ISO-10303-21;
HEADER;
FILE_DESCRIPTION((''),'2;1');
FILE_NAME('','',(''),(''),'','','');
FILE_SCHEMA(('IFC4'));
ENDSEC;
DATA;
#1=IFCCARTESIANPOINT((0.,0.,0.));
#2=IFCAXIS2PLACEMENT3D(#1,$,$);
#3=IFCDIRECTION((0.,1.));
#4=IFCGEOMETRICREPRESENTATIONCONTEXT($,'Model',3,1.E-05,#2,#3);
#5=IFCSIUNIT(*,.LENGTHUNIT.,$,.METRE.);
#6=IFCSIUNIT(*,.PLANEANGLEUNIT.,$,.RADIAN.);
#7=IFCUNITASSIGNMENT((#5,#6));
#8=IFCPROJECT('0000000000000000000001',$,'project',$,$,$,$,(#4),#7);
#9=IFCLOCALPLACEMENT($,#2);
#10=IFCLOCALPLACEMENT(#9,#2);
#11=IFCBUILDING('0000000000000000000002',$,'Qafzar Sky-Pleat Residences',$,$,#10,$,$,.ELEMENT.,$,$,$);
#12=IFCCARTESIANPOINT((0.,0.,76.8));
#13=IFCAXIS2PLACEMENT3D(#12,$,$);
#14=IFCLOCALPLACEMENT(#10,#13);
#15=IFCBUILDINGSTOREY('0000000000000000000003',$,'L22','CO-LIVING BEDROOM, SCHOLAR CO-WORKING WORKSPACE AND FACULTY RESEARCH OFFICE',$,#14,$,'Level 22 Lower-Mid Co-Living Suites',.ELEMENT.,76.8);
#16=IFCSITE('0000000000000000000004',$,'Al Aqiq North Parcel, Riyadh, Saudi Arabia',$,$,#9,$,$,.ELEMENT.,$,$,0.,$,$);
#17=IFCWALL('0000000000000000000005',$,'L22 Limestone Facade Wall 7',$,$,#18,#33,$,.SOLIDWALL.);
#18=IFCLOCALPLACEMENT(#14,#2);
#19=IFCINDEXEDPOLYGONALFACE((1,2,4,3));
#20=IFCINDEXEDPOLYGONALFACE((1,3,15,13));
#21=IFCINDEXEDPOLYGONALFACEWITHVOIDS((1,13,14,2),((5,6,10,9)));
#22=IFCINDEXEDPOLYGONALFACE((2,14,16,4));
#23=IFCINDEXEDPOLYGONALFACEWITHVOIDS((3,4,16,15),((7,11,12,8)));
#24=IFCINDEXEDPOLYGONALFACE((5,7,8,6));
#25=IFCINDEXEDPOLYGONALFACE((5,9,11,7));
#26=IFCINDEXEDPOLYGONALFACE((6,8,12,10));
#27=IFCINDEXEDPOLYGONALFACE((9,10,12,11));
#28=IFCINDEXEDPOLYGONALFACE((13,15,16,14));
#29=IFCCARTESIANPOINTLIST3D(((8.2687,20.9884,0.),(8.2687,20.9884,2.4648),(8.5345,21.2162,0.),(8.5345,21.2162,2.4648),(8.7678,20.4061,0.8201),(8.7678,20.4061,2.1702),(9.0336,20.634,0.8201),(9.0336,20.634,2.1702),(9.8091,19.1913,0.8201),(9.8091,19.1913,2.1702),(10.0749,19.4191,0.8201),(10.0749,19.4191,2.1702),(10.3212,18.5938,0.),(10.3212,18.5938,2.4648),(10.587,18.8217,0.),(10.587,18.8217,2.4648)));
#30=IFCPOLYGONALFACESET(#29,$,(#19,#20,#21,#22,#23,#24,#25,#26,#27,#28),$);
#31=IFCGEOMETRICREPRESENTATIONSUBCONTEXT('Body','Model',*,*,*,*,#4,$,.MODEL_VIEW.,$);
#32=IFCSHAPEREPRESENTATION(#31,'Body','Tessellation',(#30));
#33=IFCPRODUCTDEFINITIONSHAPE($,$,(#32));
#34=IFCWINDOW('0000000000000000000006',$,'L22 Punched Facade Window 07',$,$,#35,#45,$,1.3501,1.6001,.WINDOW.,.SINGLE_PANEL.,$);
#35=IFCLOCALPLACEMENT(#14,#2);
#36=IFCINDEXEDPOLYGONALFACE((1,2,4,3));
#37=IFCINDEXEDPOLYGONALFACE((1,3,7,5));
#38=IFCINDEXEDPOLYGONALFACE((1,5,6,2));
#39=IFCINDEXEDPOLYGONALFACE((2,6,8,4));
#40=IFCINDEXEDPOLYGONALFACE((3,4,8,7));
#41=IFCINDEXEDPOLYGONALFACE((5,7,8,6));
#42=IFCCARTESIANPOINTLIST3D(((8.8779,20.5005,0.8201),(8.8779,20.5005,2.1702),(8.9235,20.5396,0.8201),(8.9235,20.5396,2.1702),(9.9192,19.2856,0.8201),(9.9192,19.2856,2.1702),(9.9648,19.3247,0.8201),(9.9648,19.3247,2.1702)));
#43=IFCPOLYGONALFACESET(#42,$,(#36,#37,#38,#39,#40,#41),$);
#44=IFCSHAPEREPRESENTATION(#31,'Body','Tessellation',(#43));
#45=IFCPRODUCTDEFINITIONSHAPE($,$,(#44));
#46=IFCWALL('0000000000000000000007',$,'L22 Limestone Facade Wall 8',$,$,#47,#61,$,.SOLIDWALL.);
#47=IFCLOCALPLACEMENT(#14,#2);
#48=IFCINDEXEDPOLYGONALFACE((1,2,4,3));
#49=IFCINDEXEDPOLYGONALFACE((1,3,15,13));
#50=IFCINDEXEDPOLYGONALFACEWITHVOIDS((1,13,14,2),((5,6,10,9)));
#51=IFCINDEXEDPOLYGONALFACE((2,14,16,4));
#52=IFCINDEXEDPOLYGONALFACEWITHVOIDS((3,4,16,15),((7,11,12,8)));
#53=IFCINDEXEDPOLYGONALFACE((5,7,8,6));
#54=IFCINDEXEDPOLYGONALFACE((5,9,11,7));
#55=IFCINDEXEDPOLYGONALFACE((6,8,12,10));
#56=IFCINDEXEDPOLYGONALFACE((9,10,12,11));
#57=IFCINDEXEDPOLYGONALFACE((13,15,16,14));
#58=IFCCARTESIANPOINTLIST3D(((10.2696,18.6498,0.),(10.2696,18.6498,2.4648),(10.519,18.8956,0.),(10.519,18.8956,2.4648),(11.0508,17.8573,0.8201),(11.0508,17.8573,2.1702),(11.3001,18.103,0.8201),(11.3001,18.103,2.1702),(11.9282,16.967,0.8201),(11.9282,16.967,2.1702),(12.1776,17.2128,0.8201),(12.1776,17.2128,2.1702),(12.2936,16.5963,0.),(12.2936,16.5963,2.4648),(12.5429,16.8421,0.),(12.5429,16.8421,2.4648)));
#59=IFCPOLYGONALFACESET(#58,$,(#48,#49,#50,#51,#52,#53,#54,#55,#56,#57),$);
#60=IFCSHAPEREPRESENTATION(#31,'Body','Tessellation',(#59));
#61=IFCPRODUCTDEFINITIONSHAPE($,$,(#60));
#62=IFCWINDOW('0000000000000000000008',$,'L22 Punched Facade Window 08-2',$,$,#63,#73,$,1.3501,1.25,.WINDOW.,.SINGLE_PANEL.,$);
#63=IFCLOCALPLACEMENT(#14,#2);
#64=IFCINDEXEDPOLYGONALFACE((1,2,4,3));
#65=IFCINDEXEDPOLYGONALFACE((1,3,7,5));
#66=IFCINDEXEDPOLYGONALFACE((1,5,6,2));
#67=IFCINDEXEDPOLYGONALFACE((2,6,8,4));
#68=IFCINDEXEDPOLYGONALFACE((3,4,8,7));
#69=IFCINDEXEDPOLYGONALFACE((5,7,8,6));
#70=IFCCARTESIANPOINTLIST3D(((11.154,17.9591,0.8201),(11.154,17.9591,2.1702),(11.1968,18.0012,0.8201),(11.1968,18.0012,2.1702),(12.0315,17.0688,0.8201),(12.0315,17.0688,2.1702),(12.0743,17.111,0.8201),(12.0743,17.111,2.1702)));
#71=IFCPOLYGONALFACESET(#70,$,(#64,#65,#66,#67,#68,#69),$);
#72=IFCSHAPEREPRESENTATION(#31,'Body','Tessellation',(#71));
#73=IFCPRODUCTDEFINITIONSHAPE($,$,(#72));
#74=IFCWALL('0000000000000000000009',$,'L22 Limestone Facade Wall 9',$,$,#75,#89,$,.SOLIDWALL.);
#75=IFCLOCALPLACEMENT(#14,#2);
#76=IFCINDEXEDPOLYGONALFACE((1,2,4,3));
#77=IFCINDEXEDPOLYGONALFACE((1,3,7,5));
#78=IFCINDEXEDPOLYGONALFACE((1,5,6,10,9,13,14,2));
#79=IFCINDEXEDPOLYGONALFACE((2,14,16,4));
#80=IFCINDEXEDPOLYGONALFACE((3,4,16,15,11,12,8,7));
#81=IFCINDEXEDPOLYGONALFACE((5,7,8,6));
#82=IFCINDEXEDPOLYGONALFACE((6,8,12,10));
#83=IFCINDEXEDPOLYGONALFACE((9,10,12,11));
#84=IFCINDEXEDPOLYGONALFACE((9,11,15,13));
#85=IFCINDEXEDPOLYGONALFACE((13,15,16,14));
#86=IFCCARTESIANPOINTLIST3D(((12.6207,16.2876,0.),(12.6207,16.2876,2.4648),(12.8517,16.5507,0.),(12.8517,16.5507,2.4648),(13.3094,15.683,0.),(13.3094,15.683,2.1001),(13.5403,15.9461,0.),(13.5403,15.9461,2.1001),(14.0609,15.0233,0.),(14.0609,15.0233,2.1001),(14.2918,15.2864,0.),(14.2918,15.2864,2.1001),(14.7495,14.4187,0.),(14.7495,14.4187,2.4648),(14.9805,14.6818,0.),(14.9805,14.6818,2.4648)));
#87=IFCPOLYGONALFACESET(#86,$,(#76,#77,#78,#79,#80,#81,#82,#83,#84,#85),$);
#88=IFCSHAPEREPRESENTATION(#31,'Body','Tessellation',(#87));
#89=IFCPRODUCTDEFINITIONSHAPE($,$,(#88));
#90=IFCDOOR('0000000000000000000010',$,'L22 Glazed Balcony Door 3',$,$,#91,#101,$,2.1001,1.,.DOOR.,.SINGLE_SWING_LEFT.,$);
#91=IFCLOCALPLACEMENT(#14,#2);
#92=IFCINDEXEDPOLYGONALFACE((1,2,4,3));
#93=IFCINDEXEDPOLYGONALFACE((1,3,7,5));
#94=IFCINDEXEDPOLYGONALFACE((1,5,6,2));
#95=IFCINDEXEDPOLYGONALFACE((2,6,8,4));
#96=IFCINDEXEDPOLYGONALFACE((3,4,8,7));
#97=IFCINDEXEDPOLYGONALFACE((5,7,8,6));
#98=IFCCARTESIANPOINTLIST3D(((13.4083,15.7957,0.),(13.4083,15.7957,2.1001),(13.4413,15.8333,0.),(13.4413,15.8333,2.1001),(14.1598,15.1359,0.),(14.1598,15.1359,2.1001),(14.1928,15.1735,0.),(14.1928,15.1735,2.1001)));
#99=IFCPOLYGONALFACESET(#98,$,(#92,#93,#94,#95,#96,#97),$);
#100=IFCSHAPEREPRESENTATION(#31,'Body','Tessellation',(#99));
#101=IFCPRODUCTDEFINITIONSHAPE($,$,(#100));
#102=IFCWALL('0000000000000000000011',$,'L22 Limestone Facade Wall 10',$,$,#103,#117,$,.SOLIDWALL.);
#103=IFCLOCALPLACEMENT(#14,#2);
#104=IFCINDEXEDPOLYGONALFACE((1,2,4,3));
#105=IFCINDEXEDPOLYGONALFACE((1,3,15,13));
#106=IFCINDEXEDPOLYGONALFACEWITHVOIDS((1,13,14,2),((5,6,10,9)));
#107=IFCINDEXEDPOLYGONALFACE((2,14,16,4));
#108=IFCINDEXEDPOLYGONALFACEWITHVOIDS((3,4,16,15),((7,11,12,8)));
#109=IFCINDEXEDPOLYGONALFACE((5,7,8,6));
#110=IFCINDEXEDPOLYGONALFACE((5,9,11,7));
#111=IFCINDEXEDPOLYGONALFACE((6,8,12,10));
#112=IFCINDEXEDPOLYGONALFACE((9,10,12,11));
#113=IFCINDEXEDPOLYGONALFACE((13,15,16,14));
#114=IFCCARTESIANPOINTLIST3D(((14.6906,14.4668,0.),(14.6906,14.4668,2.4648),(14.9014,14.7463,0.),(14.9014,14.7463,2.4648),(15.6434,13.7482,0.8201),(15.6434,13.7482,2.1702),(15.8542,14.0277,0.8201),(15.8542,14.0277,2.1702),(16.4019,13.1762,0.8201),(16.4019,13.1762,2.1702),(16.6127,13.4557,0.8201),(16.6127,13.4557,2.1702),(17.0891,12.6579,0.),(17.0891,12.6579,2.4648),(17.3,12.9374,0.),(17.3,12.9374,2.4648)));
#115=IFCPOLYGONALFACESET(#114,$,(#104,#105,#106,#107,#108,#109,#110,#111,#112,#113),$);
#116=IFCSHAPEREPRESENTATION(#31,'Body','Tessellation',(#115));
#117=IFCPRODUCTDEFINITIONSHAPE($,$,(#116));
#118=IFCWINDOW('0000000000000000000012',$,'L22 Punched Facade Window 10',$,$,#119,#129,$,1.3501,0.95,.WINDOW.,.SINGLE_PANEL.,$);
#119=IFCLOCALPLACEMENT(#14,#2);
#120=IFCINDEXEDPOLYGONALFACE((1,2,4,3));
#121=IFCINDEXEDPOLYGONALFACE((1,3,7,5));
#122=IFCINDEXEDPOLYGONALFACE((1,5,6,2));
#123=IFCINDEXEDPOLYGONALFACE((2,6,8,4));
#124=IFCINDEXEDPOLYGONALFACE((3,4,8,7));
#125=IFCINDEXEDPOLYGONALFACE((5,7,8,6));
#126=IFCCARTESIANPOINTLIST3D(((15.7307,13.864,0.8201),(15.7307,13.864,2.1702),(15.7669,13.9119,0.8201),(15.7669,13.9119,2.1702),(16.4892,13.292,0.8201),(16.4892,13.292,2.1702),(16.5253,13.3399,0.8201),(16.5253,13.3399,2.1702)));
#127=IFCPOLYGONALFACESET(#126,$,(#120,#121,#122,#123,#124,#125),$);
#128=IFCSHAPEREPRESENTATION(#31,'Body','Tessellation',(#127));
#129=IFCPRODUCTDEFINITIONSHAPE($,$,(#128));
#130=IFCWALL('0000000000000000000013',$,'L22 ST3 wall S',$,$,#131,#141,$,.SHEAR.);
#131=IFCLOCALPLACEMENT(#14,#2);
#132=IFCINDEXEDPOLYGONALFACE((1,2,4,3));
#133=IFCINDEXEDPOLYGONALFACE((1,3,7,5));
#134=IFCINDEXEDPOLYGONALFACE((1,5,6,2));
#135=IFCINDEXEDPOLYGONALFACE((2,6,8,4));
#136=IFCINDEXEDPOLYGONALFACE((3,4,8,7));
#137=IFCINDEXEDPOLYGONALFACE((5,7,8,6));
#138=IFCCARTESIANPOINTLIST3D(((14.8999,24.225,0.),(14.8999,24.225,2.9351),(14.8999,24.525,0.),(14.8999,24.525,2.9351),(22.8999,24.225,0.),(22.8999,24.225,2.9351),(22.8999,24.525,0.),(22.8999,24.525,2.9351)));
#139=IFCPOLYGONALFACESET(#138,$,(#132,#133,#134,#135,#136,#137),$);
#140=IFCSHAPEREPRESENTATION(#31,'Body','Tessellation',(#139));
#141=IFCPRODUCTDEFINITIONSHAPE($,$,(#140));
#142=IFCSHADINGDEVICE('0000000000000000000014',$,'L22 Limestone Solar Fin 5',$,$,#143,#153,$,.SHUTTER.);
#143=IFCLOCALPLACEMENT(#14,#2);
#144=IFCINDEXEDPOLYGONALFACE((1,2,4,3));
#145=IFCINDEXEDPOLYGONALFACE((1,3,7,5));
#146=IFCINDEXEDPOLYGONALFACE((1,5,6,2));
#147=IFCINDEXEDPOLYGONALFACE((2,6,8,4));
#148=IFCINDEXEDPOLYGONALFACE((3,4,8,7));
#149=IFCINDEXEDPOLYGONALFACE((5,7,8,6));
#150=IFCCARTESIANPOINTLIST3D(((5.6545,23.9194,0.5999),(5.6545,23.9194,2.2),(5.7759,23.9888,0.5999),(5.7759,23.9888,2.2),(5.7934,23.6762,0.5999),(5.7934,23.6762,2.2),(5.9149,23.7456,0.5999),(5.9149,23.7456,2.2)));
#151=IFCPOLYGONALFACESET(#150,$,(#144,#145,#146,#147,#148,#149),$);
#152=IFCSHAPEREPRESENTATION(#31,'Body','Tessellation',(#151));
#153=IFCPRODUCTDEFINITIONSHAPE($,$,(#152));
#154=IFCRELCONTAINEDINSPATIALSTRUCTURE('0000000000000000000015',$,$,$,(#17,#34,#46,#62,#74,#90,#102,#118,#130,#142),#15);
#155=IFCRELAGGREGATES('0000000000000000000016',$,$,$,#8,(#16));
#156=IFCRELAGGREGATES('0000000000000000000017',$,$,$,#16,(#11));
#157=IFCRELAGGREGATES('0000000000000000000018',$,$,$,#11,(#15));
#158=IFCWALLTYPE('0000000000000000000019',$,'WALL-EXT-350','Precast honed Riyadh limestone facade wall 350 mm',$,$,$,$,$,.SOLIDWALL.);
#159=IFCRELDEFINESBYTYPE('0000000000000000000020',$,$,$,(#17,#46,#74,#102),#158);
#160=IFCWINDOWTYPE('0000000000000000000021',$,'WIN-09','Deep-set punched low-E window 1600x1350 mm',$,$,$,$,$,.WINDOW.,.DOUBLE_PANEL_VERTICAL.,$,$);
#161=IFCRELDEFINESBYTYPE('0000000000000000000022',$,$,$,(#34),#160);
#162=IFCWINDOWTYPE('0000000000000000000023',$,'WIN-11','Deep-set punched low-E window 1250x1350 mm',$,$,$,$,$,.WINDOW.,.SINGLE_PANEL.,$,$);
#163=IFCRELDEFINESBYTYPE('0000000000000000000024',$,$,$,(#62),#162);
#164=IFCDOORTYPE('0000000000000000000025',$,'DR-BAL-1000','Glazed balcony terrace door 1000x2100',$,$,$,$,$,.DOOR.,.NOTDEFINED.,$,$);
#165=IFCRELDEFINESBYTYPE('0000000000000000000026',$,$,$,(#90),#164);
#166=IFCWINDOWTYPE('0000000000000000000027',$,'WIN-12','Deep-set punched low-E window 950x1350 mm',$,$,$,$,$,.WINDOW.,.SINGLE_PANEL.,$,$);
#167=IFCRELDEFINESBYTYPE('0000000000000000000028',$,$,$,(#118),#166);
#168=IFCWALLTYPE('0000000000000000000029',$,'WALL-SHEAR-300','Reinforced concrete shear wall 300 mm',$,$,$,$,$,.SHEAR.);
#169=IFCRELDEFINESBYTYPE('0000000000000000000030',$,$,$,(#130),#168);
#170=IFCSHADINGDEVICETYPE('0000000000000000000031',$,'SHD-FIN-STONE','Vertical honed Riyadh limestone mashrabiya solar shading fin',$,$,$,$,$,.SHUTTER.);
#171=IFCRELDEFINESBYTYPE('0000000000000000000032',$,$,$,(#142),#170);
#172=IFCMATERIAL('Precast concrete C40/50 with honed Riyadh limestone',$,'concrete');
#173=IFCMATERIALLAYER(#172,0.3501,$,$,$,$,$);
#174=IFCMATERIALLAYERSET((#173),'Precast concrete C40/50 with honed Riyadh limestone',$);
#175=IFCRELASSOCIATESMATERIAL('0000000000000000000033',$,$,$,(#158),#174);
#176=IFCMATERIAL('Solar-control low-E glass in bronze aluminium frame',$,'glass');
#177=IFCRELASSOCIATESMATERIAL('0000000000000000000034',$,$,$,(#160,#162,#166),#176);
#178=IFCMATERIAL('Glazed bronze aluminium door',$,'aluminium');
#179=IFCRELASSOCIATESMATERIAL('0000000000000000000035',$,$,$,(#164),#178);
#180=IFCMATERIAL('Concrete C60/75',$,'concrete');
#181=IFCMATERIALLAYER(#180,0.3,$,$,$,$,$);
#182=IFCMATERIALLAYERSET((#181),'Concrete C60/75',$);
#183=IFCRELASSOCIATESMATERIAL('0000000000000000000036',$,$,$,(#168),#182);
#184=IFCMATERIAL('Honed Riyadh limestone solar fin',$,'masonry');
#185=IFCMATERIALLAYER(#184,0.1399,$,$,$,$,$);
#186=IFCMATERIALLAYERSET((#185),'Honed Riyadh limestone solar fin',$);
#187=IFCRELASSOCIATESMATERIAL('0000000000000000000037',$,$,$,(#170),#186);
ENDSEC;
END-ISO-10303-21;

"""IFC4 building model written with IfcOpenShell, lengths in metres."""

from ifc_helpers import new_model, si_unit, direction, frame, frame_2d, origin, origin_2d, place, context, subcontext, project, spatial, rectangle, extrude, source, transform, mapped, material, layer, layer_set, type_object, element, fill, save


model = new_model("IFC4")

# Units and contexts
model_context = context("Model", 3, precision=1e-05, world=origin(), true_north=direction((0.0, 1.0)))
body_context = subcontext(model_context, "Body", "Model", "MODEL_VIEW")
ifc_project = project(units=[si_unit("LENGTHUNIT", "METRE"), si_unit("PLANEANGLEUNIT", "RADIAN")], contexts=[model_context])

# Site, building, storey
site_placement = place(None, origin())
site = spatial("IfcSite", under=ifc_project, at=site_placement, Name="Al Aqiq North Parcel, Riyadh, Saudi Arabia", CompositionType="ELEMENT", RefElevation=0.0)
building_placement = place(site_placement, origin())
building = spatial("IfcBuilding", under=site, at=building_placement, Name="Qafzar Sky-Pleat Residences", CompositionType="ELEMENT")
storey_placement = place(building_placement, frame((0.0, 0.0, 76.8)))
storey = spatial("IfcBuildingStorey", under=building, at=storey_placement, Name="L22", Description="CO-LIVING BEDROOM, SCHOLAR CO-WORKING WORKSPACE AND FACULTY RESEARCH OFFICE", LongName="Level 22 Lower-Mid Co-Living Suites", CompositionType="ELEMENT", Elevation=76.8)

# Shared definitions
ifc_material_1 = material(Name="Concrete C60/75", Category="concrete")

# Walls, openings, windows
ifc_material_2 = material(Name="Precast concrete C40/50 with honed Riyadh limestone", Category="concrete")
ifc_layer_1 = layer(ifc_material_2, 0.3501)
ifc_layer_set_1 = layer_set([ifc_layer_1], Name="Precast concrete C40/50 with honed Riyadh limestone")
wall_type_1 = type_object("IfcWallType", Name="WALL-EXT-350", Description="Precast honed Riyadh limestone facade wall 350 mm", PredefinedType="SOLIDWALL", material=ifc_layer_set_1)
ifc_material_3 = material(Name="Solar-control low-E glass in bronze aluminium frame", Category="glass")
wall_1_placement = place(storey_placement, frame((8.4016, 21.1023, 0.0), z_axis=(0.0, 0.0, 1.0), x_axis=(0.650798, -0.759251, 0.0)))
wall_1 = element("IfcWall", 1, at=wall_1_placement, inside=storey, type_object=wall_type_1, Name="L22 Limestone Facade Wall 7", PredefinedType="SOLIDWALL", context=body_context, shape_type="SweptSolid", body=[
    extrude(rectangle(XDim=3.1538, YDim=0.3501, at=frame_2d((1.5769, 0.0))), origin(), (0.0, 0.0, 1.0), 2.4648),
])
opening_1_placement = place(wall_1_placement, frame((0.7668, 0.0, 0.8201)))
opening_1 = element("IfcOpeningElement", 2, at=opening_1_placement, cuts=wall_1, PredefinedType="OPENING", context=body_context, shape_type="SweptSolid", body=[
    extrude(rectangle(XDim=1.6001, YDim=1.3501, at=frame_2d((0.8, 0.675))), frame((0.0, 0.1851, 0.0), z_axis=(0.0, -1.0, 0.0), x_axis=(1.0, 0.0, 0.0)), (0.0, 0.0, 1.0), 0.3701),
])
window_type_1 = type_object("IfcWindowType", Name="WIN-09", Description="Deep-set punched low-E window 1600x1350 mm", PartitioningType="DOUBLE_PANEL_VERTICAL", PredefinedType="WINDOW", material=ifc_material_3)
shared_shape_1 = source(origin(), body_context, "Body", "SweptSolid", [
    extrude(rectangle(XDim=1.6001, YDim=1.3501, at=frame_2d((0.8, 0.675))), frame((0.0, 0.03, 0.0), z_axis=(0.0, -1.0, 0.0), x_axis=(1.0, 0.0, 0.0)), (0.0, 0.0, 1.0), 0.0601),
])
window_1_placement = place(opening_1_placement, origin())
window_1 = element("IfcWindow", 3, at=window_1_placement, inside=storey, type_object=window_type_1, Name="L22 Punched Facade Window 07", OverallHeight=1.3501, OverallWidth=1.6001, PartitioningType="SINGLE_PANEL", PredefinedType="WINDOW", context=body_context, shape_type="MappedRepresentation", body=[
    mapped(shared_shape_1, transform((0.0, 0.0, 0.0), x_axis=(1.0, 0.0, 0.0), y_axis=(0.0, 1.0, 0.0), z_axis=(0.0, 0.0, 1.0), scale=1.0)),
])
fill(opening_1, window_1)
wall_2_placement = place(storey_placement, frame((10.3943, 18.7727, 0.0), z_axis=(0.0, 0.0, 1.0), x_axis=(0.701965, -0.712211, 0.0)))
wall_2 = element("IfcWall", 4, at=wall_2_placement, inside=storey, type_object=wall_type_1, Name="L22 Limestone Facade Wall 8", PredefinedType="SOLIDWALL", context=body_context, shape_type="SweptSolid", body=[
    extrude(rectangle(XDim=2.8833, YDim=0.3501, at=frame_2d((1.4417, 0.0))), origin(), (0.0, 0.0, 1.0), 2.4648),
])
opening_2_placement = place(wall_2_placement, frame((1.1128, 0.0, 0.8201)))
opening_2 = element("IfcOpeningElement", 5, at=opening_2_placement, cuts=wall_2, PredefinedType="OPENING", context=body_context, shape_type="SweptSolid", body=[
    extrude(rectangle(XDim=1.25, YDim=1.3501, at=frame_2d((0.625, 0.675))), frame((0.0, 0.1851, 0.0), z_axis=(0.0, -1.0, 0.0), x_axis=(1.0, 0.0, 0.0)), (0.0, 0.0, 1.0), 0.3701),
])
window_type_2 = type_object("IfcWindowType", Name="WIN-11", Description="Deep-set punched low-E window 1250x1350 mm", PartitioningType="SINGLE_PANEL", PredefinedType="WINDOW", material=ifc_material_3)
shared_shape_2 = source(origin(), body_context, "Body", "SweptSolid", [
    extrude(rectangle(XDim=1.25, YDim=1.3501, at=frame_2d((0.625, 0.675))), frame((0.0, 0.03, 0.0), z_axis=(0.0, -1.0, 0.0), x_axis=(1.0, 0.0, 0.0)), (0.0, 0.0, 1.0), 0.0601),
])
window_2_placement = place(opening_2_placement, origin())
window_2 = element("IfcWindow", 6, at=window_2_placement, inside=storey, type_object=window_type_2, Name="L22 Punched Facade Window 08-2", OverallHeight=1.3501, OverallWidth=1.25, PartitioningType="SINGLE_PANEL", PredefinedType="WINDOW", context=body_context, shape_type="MappedRepresentation", body=[
    mapped(shared_shape_2, transform((0.0, 0.0, 0.0), x_axis=(1.0, 0.0, 0.0), y_axis=(0.0, 1.0, 0.0), z_axis=(0.0, 0.0, 1.0), scale=1.0)),
])
fill(opening_2, window_2)

# Wall, opening, door
wall_3_placement = place(storey_placement, frame((12.7361, 16.4192, 0.0), z_axis=(0.0, 0.0, 1.0), x_axis=(0.751508, -0.659724, 0.0)))
wall_3 = element("IfcWall", 7, at=wall_3_placement, inside=storey, type_object=wall_type_1, Name="L22 Limestone Facade Wall 9", PredefinedType="SOLIDWALL", context=body_context, shape_type="SweptSolid", body=[
    extrude(rectangle(XDim=2.8328, YDim=0.3501, at=frame_2d((1.4165, 0.0))), origin(), (0.0, 0.0, 1.0), 2.4648),
])
opening_3_placement = place(wall_3_placement, frame((0.9165, 0.0, 0.0)))
opening_3 = element("IfcOpeningElement", 8, at=opening_3_placement, cuts=wall_3, PredefinedType="OPENING", context=body_context, shape_type="SweptSolid", body=[
    extrude(rectangle(XDim=1.0, YDim=2.1001, at=frame_2d((0.5, 1.05))), frame((0.0, 0.1851, 0.0), z_axis=(0.0, -1.0, 0.0), x_axis=(1.0, 0.0, 0.0)), (0.0, 0.0, 1.0), 0.3701),
])
ifc_material_4 = material(Name="Glazed bronze aluminium door", Category="aluminium")
door_type = type_object("IfcDoorType", Name="DR-BAL-1000", Description="Glazed balcony terrace door 1000x2100", OperationType="NOTDEFINED", PredefinedType="DOOR", material=ifc_material_4)
shared_shape_3 = source(origin(), body_context, "Body", "SweptSolid", [
    extrude(rectangle(XDim=1.0, YDim=2.1001, at=frame_2d((0.5, 1.05))), frame((0.0, 0.0249, 0.0), z_axis=(0.0, -1.0, 0.0), x_axis=(1.0, 0.0, 0.0)), (0.0, 0.0, 1.0), 0.05),
])
door_placement = place(opening_3_placement, origin())
door = element("IfcDoor", 9, at=door_placement, inside=storey, type_object=door_type, Name="L22 Glazed Balcony Door 3", OperationType="SINGLE_SWING_LEFT", OverallHeight=2.1001, OverallWidth=1.0, PredefinedType="DOOR", context=body_context, shape_type="MappedRepresentation", body=[
    mapped(shared_shape_3, transform((0.0, 0.0, 0.0), x_axis=(1.0, 0.0, 0.0), y_axis=(0.0, 1.0, 0.0), z_axis=(0.0, 0.0, 1.0), scale=1.0)),
])
fill(opening_3, door)

# Wall, opening, window
wall_4_placement = place(storey_placement, frame((14.7961, 14.6064, 0.0), z_axis=(0.0, 0.0, 1.0), x_axis=(0.798398, -0.60213, 0.0)))
wall_4 = element("IfcWall", 10, at=wall_4_placement, inside=storey, type_object=wall_type_1, Name="L22 Limestone Facade Wall 10", PredefinedType="SOLIDWALL", context=body_context, shape_type="SweptSolid", body=[
    extrude(rectangle(XDim=3.0042, YDim=0.3501, at=frame_2d((1.502, 0.0))), origin(), (0.0, 0.0, 1.0), 2.4648),
])
opening_4_placement = place(wall_4_placement, frame((1.1931, 0.0, 0.8201)))
opening_4 = element("IfcOpeningElement", 11, at=opening_4_placement, cuts=wall_4, PredefinedType="OPENING", context=body_context, shape_type="SweptSolid", body=[
    extrude(rectangle(XDim=0.95, YDim=1.3501, at=frame_2d((0.4751, 0.675))), frame((0.0, 0.1851, 0.0), z_axis=(0.0, -1.0, 0.0), x_axis=(1.0, 0.0, 0.0)), (0.0, 0.0, 1.0), 0.3701),
])
window_type_3 = type_object("IfcWindowType", Name="WIN-12", Description="Deep-set punched low-E window 950x1350 mm", PartitioningType="SINGLE_PANEL", PredefinedType="WINDOW", material=ifc_material_3)
shared_shape_4 = source(origin(), body_context, "Body", "SweptSolid", [
    extrude(rectangle(XDim=0.95, YDim=1.3501, at=frame_2d((0.4751, 0.675))), frame((0.0, 0.03, 0.0), z_axis=(0.0, -1.0, 0.0), x_axis=(1.0, 0.0, 0.0)), (0.0, 0.0, 1.0), 0.0601),
])
window_3_placement = place(opening_4_placement, origin())
window_3 = element("IfcWindow", 12, at=window_3_placement, inside=storey, type_object=window_type_3, Name="L22 Punched Facade Window 10", OverallHeight=1.3501, OverallWidth=0.95, PartitioningType="SINGLE_PANEL", PredefinedType="WINDOW", context=body_context, shape_type="MappedRepresentation", body=[
    mapped(shared_shape_4, transform((0.0, 0.0, 0.0), x_axis=(1.0, 0.0, 0.0), y_axis=(0.0, 1.0, 0.0), z_axis=(0.0, 0.0, 1.0), scale=1.0)),
])
fill(opening_4, window_3)

# Wall
ifc_layer_2 = layer(ifc_material_1, 0.3)
ifc_layer_set_2 = layer_set([ifc_layer_2], Name="Concrete C60/75")
wall_type_2 = type_object("IfcWallType", Name="WALL-SHEAR-300", Description="Reinforced concrete shear wall 300 mm", PredefinedType="SHEAR", material=ifc_layer_set_2)
wall_5_placement = place(storey_placement, frame((14.8999, 24.375, 0.0), z_axis=(0.0, 0.0, 1.0), x_axis=(1.0, 0.0, 0.0)))
element("IfcWall", 13, at=wall_5_placement, inside=storey, type_object=wall_type_2, Name="L22 ST3 wall S", PredefinedType="SHEAR", context=body_context, shape_type="SweptSolid", body=[
    extrude(rectangle(XDim=8.0, YDim=0.3, at=frame_2d((4.0, 0.0))), origin(), (0.0, 0.0, 1.0), 2.9351),
])

# Shading device
ifc_material_5 = material(Name="Honed Riyadh limestone solar fin", Category="masonry")
ifc_layer_3 = layer(ifc_material_5, 0.1399)
ifc_layer_set_3 = layer_set([ifc_layer_3], Name="Honed Riyadh limestone solar fin")
shading_device_type = type_object("IfcShadingDeviceType", Name="SHD-FIN-STONE", Description="Vertical honed Riyadh limestone mashrabiya solar shading fin", PredefinedType="SHUTTER", material=ifc_layer_set_3)
shared_shape_5 = source(origin(), body_context, "Body", "SweptSolid", [
    extrude(rectangle(XDim=0.1399, YDim=0.28, at=origin_2d()), origin(), (0.0, 0.0, 1.0), 1.6001),
])
for number, where, z_axis, x_axis, name in (
    (14, (5.7847, 23.8325, 0.5999), (0.0, 0.0, 1.0), (-0.868289, -0.496058, 0.0), "L22 Limestone Solar Fin 5"),
):
    element("IfcShadingDevice", number, at=place(storey_placement, frame(where, z_axis=z_axis, x_axis=x_axis)), inside=storey, type_object=shading_device_type, Name=name, PredefinedType="SHUTTER", context=body_context, shape_type="MappedRepresentation", body=[
        mapped(shared_shape_5, transform((0.0, 0.0, 0.0), x_axis=(1.0, 0.0, 0.0), y_axis=(0.0, 1.0, 0.0), z_axis=(0.0, 0.0, 1.0), scale=1.0)),
    ])

save(model, "model.ifc")
